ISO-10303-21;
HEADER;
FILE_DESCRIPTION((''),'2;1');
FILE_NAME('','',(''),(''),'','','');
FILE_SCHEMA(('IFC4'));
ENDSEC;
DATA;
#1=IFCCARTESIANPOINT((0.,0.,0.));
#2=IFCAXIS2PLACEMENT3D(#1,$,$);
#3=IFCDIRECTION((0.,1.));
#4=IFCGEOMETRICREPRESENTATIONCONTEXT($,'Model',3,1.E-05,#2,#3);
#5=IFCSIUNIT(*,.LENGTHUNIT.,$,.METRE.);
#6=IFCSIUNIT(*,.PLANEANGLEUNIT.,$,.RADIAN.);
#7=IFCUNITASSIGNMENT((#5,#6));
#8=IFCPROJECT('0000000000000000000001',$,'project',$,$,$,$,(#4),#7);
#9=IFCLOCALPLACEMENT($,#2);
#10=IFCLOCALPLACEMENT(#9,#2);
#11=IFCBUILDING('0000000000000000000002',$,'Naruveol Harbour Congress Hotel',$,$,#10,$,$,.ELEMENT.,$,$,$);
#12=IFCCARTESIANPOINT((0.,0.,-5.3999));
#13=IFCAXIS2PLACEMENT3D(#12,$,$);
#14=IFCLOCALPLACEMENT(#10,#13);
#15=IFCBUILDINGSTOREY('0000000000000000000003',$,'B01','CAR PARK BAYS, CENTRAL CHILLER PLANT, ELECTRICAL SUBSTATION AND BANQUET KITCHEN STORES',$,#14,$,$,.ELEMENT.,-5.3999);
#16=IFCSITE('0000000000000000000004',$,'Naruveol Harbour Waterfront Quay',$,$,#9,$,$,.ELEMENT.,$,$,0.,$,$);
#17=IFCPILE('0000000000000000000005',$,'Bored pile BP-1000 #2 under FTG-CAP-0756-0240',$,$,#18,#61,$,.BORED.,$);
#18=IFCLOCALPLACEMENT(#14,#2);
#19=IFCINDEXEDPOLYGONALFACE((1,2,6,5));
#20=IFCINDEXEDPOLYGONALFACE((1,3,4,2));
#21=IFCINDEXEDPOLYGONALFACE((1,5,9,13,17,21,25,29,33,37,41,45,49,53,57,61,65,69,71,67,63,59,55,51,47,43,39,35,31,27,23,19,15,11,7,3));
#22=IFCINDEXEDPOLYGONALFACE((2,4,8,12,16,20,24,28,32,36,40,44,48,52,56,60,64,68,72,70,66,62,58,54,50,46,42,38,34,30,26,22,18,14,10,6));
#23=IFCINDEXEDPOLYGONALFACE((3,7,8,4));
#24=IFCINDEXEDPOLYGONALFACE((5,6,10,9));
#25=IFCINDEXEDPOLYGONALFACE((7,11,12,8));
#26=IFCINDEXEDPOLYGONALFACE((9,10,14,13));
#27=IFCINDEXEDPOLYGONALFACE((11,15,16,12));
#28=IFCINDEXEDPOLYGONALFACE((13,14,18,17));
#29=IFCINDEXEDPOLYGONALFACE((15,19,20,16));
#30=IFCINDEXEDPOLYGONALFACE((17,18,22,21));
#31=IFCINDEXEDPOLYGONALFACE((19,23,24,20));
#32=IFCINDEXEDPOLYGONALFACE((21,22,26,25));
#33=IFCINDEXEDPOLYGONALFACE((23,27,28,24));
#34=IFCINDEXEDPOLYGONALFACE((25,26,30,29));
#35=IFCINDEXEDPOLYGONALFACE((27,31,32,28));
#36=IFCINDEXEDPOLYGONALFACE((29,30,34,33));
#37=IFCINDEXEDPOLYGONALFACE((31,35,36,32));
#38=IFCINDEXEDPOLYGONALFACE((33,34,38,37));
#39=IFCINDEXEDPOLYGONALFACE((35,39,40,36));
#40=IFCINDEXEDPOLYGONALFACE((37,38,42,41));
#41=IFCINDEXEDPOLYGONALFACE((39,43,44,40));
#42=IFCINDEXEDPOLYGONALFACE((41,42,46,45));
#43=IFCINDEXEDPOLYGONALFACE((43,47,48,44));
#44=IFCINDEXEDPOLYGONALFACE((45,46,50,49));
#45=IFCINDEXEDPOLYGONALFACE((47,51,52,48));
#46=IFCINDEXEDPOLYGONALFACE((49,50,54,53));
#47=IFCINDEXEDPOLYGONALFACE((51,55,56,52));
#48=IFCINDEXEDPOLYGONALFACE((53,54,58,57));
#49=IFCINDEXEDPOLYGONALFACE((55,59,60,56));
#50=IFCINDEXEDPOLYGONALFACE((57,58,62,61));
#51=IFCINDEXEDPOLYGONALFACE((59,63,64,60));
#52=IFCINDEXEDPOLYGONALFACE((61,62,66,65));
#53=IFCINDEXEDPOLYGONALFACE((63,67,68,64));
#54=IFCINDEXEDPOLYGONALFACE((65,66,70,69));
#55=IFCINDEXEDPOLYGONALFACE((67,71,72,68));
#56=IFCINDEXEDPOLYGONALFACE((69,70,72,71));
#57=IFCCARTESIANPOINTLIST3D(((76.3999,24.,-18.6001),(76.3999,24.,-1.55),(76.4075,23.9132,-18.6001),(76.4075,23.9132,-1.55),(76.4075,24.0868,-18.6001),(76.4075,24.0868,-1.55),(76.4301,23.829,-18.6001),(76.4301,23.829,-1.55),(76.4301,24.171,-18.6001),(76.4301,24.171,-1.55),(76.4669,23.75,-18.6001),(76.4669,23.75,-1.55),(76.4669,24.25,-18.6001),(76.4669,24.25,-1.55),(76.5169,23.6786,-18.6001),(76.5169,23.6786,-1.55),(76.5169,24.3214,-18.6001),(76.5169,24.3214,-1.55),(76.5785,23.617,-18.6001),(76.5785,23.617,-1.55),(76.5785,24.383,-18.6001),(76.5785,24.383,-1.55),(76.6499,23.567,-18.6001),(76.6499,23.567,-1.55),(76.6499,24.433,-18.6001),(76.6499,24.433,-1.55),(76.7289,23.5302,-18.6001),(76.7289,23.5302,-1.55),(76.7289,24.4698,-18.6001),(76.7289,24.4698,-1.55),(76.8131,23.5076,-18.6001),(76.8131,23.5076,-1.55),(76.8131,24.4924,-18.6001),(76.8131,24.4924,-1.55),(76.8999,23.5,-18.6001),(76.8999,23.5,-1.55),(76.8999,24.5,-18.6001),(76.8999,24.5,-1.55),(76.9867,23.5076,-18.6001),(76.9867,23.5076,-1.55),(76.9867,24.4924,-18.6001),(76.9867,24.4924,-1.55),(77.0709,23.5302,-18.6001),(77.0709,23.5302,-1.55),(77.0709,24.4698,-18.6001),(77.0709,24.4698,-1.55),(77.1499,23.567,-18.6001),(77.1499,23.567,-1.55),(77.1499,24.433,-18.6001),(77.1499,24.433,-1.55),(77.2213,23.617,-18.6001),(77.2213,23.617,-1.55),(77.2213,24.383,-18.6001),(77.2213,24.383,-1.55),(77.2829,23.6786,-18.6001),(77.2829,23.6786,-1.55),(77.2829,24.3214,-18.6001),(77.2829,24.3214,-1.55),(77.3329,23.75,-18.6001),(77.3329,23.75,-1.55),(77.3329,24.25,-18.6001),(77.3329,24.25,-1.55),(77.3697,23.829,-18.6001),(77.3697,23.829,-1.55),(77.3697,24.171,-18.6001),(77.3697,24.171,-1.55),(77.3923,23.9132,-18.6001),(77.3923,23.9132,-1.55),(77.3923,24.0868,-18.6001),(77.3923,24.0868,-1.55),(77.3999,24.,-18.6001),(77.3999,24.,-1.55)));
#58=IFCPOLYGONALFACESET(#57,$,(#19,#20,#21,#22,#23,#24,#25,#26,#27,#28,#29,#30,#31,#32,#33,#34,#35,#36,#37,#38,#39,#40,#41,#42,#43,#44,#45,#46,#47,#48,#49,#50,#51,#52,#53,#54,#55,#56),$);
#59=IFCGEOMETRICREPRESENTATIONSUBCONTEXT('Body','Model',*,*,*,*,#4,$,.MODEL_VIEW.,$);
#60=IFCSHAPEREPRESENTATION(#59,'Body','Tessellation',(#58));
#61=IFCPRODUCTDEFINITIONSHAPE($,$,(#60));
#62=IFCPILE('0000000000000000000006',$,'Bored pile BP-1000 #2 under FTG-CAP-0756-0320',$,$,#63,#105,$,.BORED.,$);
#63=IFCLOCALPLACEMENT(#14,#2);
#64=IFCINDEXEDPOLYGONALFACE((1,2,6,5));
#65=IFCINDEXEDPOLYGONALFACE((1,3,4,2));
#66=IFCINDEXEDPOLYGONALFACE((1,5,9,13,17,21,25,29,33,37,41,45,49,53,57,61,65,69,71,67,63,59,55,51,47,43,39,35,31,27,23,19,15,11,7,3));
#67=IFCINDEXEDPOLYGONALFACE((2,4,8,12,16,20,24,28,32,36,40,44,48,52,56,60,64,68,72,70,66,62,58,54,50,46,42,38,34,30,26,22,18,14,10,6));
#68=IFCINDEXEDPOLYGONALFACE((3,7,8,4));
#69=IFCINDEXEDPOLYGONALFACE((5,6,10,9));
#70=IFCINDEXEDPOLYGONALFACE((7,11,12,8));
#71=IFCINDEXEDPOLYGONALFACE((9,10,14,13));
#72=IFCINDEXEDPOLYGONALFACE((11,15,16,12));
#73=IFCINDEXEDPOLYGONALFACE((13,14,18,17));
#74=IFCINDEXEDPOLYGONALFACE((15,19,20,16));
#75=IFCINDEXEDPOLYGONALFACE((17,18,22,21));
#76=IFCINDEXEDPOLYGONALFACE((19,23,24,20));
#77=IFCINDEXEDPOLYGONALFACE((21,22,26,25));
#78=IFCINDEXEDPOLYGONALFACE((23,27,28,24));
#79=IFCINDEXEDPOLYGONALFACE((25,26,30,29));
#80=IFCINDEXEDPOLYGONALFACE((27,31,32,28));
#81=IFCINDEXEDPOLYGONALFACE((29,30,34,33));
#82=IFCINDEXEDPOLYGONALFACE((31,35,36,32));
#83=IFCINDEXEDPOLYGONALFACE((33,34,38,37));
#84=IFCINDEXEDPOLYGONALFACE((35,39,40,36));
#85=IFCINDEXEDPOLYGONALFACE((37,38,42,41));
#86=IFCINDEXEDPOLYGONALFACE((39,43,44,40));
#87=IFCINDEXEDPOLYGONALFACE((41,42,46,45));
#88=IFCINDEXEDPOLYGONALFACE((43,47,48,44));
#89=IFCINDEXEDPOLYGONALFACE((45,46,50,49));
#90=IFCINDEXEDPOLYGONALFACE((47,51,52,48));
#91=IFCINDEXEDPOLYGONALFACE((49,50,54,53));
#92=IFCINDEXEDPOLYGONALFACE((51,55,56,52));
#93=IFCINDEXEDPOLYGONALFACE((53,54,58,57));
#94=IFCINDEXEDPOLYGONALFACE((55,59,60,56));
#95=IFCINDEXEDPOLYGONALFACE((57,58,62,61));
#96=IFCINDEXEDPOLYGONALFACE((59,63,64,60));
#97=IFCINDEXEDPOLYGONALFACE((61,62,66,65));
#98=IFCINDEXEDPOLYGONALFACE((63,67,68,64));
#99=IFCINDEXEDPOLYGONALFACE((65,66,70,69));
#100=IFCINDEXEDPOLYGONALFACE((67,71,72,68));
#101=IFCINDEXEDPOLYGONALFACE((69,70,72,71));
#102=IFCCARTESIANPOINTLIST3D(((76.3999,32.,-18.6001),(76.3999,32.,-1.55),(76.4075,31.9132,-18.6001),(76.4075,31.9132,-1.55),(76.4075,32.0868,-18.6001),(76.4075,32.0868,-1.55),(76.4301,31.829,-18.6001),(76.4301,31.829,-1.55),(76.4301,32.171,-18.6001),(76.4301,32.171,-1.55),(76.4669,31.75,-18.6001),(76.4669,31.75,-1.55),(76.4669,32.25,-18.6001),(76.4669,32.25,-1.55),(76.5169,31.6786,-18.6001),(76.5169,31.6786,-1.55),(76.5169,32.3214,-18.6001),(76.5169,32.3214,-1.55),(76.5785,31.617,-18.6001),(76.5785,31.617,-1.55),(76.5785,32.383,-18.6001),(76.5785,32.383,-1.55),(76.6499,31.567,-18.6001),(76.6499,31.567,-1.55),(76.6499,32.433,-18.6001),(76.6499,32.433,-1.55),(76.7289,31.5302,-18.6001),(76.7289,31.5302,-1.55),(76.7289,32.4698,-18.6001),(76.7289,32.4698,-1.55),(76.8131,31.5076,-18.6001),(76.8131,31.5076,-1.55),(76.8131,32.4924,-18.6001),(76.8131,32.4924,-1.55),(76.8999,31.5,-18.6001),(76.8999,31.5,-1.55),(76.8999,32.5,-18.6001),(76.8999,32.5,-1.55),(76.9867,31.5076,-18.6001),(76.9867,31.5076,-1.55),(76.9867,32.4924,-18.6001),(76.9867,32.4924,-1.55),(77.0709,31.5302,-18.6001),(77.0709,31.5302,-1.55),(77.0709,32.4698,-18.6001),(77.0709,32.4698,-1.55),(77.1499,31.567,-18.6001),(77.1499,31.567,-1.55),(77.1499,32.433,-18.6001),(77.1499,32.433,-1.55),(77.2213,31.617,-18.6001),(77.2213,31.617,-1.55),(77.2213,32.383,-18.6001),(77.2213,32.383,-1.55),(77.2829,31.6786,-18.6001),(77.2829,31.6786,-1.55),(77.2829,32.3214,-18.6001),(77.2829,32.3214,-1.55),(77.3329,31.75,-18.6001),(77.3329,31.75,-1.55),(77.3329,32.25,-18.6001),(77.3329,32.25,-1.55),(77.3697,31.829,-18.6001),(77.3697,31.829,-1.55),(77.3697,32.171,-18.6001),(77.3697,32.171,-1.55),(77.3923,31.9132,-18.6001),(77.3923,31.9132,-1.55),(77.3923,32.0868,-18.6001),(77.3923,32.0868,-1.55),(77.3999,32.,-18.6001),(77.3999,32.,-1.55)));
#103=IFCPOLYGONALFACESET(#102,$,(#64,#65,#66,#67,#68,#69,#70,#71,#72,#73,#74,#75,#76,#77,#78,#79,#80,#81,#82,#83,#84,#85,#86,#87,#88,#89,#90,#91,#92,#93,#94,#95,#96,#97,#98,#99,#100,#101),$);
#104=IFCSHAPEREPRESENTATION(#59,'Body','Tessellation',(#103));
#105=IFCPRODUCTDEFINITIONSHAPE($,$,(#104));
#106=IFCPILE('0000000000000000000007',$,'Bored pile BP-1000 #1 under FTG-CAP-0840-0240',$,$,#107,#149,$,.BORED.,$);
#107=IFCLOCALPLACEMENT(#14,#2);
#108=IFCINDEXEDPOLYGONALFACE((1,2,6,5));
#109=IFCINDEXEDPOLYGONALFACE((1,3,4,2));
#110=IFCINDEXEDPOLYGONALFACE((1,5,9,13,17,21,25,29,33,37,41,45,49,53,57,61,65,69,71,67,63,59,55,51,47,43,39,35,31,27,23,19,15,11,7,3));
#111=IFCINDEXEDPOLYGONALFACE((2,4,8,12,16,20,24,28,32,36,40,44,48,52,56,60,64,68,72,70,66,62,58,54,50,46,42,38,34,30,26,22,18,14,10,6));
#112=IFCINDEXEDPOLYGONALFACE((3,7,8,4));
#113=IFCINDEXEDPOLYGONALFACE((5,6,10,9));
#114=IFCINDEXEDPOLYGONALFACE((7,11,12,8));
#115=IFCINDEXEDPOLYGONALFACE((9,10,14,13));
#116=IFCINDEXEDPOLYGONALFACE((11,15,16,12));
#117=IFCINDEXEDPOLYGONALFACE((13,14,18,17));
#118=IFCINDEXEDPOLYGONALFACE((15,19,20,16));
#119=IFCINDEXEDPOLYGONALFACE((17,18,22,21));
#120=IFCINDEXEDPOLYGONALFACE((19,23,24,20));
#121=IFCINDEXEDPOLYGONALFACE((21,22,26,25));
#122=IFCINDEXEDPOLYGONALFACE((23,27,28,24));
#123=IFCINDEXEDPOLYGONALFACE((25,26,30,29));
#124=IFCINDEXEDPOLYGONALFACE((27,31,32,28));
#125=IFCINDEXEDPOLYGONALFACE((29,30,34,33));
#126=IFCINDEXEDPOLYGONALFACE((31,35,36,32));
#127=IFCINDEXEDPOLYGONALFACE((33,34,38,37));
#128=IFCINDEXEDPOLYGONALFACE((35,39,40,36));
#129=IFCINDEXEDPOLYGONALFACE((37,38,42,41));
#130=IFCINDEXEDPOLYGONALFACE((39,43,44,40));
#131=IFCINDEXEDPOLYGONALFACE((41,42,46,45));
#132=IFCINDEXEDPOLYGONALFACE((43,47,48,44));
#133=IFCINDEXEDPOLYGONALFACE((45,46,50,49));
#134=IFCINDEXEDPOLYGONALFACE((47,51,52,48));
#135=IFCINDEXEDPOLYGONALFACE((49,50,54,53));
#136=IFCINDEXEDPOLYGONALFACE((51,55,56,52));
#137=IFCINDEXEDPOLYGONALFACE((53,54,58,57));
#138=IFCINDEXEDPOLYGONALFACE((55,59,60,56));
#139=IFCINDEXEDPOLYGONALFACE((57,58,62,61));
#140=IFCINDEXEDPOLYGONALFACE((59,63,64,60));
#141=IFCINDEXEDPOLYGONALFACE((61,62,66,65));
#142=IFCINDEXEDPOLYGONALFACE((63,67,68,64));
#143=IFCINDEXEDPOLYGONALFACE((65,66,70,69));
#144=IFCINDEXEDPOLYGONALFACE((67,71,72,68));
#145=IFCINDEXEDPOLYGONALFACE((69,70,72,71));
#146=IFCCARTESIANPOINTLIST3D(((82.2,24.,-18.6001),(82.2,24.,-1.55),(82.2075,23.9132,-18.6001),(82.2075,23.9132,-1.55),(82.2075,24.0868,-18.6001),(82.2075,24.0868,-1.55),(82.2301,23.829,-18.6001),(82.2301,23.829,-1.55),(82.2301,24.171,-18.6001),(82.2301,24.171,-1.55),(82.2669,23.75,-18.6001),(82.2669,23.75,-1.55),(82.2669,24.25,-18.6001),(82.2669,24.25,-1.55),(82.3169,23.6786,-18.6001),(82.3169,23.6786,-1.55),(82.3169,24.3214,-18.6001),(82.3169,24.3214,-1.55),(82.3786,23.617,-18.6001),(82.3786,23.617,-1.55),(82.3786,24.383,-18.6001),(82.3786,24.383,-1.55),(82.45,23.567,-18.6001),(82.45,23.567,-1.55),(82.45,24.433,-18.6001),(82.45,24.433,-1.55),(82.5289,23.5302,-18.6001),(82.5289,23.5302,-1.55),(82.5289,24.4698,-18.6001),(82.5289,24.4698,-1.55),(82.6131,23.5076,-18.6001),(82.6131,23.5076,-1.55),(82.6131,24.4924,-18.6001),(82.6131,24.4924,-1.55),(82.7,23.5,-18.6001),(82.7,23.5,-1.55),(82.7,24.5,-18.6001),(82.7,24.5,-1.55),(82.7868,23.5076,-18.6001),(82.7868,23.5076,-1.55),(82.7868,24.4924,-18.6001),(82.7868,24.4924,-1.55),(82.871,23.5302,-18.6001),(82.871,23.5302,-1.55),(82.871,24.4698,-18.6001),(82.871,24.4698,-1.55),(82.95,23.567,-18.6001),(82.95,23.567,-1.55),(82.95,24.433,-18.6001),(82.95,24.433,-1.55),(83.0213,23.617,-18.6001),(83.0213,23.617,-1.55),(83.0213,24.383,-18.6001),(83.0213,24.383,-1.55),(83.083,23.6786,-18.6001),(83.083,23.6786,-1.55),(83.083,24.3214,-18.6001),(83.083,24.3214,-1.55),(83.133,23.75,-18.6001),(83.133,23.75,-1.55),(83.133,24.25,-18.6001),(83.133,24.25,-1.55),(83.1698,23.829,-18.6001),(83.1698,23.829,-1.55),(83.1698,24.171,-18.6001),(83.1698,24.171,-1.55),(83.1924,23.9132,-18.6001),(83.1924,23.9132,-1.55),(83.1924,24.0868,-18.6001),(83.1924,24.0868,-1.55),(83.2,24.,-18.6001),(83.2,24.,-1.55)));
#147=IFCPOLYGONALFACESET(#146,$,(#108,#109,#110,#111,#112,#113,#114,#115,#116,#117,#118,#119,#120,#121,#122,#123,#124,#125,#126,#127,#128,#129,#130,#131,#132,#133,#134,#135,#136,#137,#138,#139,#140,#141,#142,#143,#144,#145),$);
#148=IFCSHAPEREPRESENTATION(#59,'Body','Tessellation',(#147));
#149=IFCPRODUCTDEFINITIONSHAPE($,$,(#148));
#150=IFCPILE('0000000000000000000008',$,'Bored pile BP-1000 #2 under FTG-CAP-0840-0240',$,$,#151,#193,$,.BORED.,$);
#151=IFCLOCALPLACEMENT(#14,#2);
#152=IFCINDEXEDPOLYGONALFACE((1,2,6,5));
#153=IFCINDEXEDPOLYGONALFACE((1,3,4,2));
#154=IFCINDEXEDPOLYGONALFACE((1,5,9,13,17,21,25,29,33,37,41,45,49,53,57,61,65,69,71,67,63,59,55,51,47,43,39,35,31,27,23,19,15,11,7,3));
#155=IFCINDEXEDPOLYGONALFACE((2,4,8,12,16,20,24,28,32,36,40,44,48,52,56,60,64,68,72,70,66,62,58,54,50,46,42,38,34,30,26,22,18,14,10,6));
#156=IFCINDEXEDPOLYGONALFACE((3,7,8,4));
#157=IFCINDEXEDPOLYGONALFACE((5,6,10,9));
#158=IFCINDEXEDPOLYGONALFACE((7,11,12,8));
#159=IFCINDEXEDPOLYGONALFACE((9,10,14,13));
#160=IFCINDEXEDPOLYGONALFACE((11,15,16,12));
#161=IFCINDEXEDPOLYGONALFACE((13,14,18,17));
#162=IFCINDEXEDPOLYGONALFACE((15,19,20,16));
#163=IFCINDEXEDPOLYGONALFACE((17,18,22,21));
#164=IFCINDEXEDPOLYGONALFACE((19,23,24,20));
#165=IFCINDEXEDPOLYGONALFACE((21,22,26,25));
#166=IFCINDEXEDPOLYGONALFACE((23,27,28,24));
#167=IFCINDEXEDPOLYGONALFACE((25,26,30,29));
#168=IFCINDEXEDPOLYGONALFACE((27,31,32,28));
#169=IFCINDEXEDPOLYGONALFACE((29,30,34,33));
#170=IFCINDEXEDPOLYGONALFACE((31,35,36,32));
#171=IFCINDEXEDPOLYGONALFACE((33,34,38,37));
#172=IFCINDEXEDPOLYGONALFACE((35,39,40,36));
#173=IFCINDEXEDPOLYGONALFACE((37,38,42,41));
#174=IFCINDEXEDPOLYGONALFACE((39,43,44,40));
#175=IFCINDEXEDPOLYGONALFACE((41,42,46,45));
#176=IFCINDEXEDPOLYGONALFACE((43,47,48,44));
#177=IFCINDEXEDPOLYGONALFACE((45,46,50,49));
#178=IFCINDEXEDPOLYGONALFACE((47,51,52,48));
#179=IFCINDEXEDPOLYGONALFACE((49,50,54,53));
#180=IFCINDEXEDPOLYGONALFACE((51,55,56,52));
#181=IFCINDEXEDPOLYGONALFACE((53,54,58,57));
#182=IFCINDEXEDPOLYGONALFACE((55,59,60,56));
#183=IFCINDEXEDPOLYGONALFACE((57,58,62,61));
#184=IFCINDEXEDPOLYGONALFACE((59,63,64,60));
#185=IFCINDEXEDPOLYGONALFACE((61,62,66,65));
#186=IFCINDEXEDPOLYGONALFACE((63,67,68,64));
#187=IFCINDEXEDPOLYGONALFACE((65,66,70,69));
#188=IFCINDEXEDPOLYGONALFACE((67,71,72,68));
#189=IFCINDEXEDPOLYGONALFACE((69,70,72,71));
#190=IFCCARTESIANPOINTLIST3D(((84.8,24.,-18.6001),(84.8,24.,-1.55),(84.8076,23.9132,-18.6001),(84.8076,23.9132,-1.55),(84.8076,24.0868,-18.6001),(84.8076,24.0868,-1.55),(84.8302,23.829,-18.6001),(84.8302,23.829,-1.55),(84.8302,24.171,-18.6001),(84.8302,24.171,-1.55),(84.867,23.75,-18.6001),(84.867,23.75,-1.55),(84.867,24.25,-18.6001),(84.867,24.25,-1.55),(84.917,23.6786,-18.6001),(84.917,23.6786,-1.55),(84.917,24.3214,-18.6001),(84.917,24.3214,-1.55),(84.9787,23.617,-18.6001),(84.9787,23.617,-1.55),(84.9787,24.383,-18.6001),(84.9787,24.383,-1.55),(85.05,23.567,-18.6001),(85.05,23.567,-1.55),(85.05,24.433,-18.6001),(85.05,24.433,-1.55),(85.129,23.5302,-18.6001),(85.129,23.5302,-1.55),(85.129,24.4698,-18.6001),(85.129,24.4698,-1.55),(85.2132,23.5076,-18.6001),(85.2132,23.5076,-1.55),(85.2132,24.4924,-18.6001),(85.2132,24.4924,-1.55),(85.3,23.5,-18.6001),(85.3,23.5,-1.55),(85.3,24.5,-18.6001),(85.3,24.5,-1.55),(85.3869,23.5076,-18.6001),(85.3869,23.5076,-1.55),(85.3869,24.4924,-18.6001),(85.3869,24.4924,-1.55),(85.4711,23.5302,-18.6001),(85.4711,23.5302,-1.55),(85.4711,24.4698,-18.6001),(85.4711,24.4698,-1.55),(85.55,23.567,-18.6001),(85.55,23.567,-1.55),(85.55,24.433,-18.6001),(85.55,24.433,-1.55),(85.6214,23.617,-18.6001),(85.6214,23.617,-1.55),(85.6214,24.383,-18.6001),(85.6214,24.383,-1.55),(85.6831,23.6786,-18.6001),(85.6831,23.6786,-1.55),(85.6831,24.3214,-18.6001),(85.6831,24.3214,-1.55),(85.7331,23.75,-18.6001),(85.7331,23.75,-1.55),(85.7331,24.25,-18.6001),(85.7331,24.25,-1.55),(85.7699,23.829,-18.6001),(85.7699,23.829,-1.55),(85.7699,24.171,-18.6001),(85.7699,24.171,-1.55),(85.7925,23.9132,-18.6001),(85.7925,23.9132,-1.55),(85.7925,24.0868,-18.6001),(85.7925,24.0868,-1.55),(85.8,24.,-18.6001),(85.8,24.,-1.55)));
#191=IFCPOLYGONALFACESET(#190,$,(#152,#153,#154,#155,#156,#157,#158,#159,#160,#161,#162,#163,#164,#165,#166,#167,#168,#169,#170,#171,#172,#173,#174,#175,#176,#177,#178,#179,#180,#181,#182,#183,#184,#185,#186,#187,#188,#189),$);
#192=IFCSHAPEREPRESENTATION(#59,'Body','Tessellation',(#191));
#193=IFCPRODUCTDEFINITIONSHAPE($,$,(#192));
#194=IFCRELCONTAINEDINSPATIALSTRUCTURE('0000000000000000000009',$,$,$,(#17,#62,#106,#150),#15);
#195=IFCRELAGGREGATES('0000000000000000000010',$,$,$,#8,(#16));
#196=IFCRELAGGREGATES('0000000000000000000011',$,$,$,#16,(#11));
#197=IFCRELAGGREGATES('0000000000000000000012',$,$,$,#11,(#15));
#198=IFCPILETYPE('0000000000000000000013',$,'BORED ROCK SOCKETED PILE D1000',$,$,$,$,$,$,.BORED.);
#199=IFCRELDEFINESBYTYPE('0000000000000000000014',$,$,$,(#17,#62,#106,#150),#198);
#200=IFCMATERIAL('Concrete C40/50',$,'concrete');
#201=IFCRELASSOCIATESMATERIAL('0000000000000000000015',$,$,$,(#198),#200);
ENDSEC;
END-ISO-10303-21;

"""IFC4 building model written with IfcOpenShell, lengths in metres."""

from ifc_helpers import new_model, si_unit, direction, frame, origin, origin_2d, place, context, subcontext, project, spatial, circle, extrude, material, material_profile, profile_set, type_object, element, save


model = new_model("IFC4")

# Units and contexts
model_context = context("Model", 3, precision=1e-05, world=origin(), true_north=direction((0.0, 1.0)))
body_context = subcontext(model_context, "Body", "Model", "MODEL_VIEW")
ifc_project = project(units=[si_unit("LENGTHUNIT", "METRE"), si_unit("PLANEANGLEUNIT", "RADIAN")], contexts=[model_context])

# Site, building, storey
site_placement = place(None, origin())
site = spatial("IfcSite", under=ifc_project, at=site_placement, Name="Naruveol Harbour Waterfront Quay", CompositionType="ELEMENT", RefElevation=0.0)
building_placement = place(site_placement, origin())
building = spatial("IfcBuilding", under=site, at=building_placement, Name="Naruveol Harbour Congress Hotel", CompositionType="ELEMENT")
storey_placement = place(building_placement, frame((0.0, 0.0, -5.3999)))
storey = spatial("IfcBuildingStorey", under=building, at=storey_placement, Name="B01", Description="CAR PARK BAYS, CENTRAL CHILLER PLANT, ELECTRICAL SUBSTATION AND BANQUET KITCHEN STORES", CompositionType="ELEMENT", Elevation=-5.3999)

# Piles
ifc_material_1 = material(Name="Concrete C40/50", Category="concrete")
ifc_material_profile_1 = material_profile(ifc_material_1, circle(Radius=0.5, at=origin_2d()), Name="BP-1000")
ifc_profile_set_1 = profile_set([ifc_material_profile_1], Name="Concrete C40/50")
pile_type = type_object("IfcPileType", Name="BORED ROCK SOCKETED PILE D1000", PredefinedType="BORED", material=ifc_profile_set_1)
for number, where, z_axis, x_axis, name in (
    (1, (76.8999, 24.0, -1.55), (0.0, 0.0, -1.0), (1.0, 0.0, 0.0), "Bored pile BP-1000 #2 under FTG-CAP-0756-0240"),
    (2, (76.8999, 32.0, -1.55), (0.0, 0.0, -1.0), (1.0, 0.0, 0.0), "Bored pile BP-1000 #2 under FTG-CAP-0756-0320"),
    (3, (82.7, 24.0, -1.55), (0.0, 0.0, -1.0), (1.0, 0.0, 0.0), "Bored pile BP-1000 #1 under FTG-CAP-0840-0240"),
    (4, (85.3, 24.0, -1.55), (0.0, 0.0, -1.0), (1.0, 0.0, 0.0), "Bored pile BP-1000 #2 under FTG-CAP-0840-0240"),
):
    element("IfcPile", number, at=place(storey_placement, frame(where, z_axis=z_axis, x_axis=x_axis)), inside=storey, type_object=pile_type, Name=name, PredefinedType="BORED", context=body_context, shape_type="SweptSolid", body=[
        extrude(circle(Radius=0.5, at=origin_2d()), origin(), (0.0, 0.0, 1.0), 17.05),
    ])

save(model, "model.ifc")
